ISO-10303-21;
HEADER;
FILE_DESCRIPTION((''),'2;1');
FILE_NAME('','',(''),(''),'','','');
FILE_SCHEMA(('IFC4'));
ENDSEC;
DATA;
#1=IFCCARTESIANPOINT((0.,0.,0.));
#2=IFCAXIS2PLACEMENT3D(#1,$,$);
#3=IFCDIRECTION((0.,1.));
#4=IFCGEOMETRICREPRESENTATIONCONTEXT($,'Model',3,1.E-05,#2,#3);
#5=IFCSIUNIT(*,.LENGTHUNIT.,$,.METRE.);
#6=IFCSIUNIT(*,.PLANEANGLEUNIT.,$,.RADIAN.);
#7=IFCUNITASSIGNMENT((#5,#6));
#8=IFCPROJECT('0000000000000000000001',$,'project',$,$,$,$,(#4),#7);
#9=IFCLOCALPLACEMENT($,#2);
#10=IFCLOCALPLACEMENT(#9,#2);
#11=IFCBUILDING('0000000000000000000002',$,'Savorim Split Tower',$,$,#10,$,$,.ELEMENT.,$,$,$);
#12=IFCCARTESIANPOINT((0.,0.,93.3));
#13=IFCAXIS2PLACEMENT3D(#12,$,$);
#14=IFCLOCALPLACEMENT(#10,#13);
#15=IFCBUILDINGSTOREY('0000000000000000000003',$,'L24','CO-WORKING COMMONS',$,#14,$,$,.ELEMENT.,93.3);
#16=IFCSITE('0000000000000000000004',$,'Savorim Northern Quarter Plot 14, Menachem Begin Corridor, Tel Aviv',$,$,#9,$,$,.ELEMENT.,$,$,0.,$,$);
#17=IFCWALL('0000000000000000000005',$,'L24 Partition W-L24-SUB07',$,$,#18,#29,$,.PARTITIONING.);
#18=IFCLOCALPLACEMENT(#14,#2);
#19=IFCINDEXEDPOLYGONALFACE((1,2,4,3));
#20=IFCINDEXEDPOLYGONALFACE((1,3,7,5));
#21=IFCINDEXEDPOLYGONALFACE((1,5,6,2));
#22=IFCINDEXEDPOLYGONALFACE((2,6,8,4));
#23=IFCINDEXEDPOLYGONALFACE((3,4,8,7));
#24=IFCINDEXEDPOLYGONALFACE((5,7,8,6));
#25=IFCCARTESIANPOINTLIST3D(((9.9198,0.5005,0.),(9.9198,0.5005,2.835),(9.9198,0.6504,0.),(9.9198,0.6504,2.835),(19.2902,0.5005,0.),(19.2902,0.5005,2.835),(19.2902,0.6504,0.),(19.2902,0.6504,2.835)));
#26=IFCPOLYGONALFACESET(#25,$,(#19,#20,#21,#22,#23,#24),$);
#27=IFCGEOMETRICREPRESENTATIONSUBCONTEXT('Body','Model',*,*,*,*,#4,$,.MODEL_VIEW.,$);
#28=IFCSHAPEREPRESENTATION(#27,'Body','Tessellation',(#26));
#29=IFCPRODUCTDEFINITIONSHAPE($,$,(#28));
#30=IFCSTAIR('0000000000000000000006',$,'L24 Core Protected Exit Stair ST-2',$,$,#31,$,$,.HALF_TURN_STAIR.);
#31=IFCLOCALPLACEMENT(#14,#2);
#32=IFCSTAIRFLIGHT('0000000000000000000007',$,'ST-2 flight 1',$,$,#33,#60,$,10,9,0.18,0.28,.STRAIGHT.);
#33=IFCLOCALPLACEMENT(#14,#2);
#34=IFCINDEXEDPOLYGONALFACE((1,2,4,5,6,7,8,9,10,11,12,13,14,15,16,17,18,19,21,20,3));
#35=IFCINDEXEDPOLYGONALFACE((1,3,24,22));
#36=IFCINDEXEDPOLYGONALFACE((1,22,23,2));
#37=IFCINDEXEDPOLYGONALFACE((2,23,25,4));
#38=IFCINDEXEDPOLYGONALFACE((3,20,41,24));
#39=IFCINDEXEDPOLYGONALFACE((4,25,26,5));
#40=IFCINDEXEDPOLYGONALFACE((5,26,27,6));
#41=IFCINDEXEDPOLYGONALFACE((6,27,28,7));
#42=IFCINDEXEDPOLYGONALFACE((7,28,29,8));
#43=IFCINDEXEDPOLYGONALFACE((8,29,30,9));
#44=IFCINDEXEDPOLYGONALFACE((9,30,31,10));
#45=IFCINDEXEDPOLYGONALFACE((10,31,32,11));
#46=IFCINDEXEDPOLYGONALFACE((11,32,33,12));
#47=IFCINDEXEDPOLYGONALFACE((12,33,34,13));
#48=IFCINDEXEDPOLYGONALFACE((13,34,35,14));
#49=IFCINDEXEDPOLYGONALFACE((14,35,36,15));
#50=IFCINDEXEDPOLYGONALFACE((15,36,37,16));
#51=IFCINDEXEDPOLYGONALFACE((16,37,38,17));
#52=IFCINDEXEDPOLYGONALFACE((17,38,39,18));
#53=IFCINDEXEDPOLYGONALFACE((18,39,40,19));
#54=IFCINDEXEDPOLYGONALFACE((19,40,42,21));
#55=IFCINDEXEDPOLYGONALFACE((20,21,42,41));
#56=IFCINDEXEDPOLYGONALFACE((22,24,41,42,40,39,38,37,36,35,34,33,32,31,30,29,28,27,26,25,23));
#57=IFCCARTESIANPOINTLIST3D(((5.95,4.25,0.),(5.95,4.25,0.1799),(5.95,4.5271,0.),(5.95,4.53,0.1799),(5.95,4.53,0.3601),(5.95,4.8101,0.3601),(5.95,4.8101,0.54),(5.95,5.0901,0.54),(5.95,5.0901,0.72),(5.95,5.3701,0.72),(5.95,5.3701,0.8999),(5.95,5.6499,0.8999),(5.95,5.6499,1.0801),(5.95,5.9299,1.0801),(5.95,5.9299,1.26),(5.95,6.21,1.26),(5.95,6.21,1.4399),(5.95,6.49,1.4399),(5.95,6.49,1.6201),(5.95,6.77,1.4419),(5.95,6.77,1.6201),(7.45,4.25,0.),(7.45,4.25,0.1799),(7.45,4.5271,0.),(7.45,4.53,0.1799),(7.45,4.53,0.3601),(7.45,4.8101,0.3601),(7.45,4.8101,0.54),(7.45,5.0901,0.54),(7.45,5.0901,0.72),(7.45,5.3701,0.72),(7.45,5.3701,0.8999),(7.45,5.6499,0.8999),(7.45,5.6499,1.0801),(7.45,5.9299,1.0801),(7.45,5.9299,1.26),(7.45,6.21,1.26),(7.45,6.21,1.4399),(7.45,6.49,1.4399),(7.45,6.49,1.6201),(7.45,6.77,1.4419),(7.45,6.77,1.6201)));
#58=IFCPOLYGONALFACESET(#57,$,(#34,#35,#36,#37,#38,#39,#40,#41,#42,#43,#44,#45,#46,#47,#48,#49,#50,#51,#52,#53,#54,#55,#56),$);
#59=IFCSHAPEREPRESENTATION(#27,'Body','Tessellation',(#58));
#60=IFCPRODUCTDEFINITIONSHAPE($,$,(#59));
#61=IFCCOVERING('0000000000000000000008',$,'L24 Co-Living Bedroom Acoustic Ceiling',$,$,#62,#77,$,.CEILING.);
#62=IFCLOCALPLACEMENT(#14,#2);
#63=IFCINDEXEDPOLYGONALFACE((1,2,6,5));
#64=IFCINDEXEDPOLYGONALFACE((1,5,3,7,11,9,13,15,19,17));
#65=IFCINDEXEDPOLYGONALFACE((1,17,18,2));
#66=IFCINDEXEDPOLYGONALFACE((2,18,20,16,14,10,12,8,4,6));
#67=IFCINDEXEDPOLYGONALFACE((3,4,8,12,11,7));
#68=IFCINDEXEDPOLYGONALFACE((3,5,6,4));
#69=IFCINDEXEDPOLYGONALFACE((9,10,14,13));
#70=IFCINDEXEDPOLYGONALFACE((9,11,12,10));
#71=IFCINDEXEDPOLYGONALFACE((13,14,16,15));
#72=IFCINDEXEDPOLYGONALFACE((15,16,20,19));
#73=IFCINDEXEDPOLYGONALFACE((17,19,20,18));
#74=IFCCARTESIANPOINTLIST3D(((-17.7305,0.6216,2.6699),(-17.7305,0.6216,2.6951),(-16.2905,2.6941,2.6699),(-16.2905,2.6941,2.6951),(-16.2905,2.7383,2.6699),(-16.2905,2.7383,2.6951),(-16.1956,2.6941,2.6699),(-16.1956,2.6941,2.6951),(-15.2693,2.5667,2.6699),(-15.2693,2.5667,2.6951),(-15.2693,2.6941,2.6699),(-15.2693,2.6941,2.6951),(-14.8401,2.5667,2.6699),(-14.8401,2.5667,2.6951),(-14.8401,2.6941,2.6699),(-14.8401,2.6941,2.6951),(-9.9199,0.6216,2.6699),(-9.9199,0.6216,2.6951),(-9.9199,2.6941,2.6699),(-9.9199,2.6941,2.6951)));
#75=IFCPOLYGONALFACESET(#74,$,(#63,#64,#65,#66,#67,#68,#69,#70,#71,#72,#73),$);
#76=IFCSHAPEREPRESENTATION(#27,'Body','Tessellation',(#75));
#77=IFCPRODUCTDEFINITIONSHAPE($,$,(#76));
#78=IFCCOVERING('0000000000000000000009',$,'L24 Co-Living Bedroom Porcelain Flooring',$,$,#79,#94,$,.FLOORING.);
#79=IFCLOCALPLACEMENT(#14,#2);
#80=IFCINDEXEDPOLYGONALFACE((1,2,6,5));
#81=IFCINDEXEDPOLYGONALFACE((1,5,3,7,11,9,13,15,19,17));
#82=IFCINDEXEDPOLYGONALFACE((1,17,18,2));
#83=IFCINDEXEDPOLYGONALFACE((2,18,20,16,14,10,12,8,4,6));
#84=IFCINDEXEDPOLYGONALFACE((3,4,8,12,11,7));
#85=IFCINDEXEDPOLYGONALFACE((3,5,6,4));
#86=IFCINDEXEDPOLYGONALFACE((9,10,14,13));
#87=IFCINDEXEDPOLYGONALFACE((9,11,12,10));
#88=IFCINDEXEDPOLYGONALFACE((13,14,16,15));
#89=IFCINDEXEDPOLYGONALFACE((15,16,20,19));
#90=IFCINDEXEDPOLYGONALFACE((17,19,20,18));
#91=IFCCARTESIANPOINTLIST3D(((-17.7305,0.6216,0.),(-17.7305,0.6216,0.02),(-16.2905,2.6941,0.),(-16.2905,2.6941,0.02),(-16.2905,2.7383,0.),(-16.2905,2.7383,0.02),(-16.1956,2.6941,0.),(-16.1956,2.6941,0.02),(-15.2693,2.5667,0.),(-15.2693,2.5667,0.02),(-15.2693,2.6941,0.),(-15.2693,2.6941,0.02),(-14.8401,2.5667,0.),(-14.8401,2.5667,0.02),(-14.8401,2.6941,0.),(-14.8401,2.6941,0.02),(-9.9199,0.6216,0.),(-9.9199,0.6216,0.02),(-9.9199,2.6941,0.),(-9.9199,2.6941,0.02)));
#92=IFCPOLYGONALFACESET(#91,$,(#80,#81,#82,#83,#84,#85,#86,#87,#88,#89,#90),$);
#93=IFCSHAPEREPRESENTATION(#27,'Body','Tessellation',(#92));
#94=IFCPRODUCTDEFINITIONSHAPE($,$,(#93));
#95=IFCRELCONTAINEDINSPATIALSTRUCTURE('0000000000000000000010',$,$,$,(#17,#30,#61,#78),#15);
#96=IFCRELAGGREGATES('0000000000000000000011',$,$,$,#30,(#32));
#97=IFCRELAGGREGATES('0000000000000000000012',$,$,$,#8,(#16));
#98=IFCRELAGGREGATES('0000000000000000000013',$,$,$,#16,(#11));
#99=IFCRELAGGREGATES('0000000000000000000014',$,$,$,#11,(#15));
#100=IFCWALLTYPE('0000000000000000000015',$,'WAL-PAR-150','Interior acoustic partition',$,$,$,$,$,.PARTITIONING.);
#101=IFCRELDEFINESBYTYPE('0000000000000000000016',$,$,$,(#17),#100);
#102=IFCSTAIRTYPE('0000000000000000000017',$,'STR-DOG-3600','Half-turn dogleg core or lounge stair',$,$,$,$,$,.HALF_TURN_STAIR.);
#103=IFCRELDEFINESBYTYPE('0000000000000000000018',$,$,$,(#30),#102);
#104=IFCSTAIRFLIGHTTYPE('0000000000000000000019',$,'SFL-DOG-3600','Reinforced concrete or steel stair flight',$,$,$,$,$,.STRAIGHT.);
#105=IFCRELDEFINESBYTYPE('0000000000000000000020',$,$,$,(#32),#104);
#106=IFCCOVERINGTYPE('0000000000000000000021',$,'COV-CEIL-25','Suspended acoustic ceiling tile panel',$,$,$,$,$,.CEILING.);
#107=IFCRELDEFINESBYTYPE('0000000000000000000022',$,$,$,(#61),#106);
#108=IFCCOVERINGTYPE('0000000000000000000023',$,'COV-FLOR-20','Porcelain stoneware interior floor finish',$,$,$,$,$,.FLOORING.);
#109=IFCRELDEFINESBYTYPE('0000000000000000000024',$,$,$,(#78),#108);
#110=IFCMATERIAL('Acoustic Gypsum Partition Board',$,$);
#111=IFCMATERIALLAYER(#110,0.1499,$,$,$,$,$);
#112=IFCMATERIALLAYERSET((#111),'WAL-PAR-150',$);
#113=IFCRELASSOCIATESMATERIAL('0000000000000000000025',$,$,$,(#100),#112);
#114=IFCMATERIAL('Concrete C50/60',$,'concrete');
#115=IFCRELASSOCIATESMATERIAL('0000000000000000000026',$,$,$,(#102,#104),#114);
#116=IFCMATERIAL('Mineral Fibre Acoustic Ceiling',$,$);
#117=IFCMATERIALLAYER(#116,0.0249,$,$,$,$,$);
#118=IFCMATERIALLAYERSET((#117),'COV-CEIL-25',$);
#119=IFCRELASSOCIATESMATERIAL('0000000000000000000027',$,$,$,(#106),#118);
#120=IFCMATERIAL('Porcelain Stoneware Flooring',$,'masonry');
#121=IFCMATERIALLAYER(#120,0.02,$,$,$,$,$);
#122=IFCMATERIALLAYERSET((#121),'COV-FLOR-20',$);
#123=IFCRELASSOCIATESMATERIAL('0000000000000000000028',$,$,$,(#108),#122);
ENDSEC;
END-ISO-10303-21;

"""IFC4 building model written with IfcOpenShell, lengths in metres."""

from ifc_helpers import new_model, si_unit, direction, frame, frame_2d, origin, place, context, subcontext, project, spatial, polyline, rectangle, outline, extrude, material, layer, layer_set, type_object, element, aggregate, save


model = new_model("IFC4")

# Units and contexts
model_context = context("Model", 3, precision=1e-05, world=origin(), true_north=direction((0.0, 1.0)))
body_context = subcontext(model_context, "Body", "Model", "MODEL_VIEW")
ifc_project = project(units=[si_unit("LENGTHUNIT", "METRE"), si_unit("PLANEANGLEUNIT", "RADIAN")], contexts=[model_context])

# Site, building, storey
site_placement = place(None, origin())
site = spatial("IfcSite", under=ifc_project, at=site_placement, Name="Savorim Northern Quarter Plot 14, Menachem Begin Corridor, Tel Aviv", CompositionType="ELEMENT", RefElevation=0.0)
building_placement = place(site_placement, origin())
building = spatial("IfcBuilding", under=site, at=building_placement, Name="Savorim Split Tower", CompositionType="ELEMENT")
storey_placement = place(building_placement, frame((0.0, 0.0, 93.3)))
storey = spatial("IfcBuildingStorey", under=building, at=storey_placement, Name="L24", Description="CO-WORKING COMMONS", CompositionType="ELEMENT", Elevation=93.3)

# Shared definitions
ifc_material_1 = material(Name="Concrete C50/60", Category="concrete")

# Wall
ifc_material_2 = material(Name="Acoustic Gypsum Partition Board")
ifc_layer_1 = layer(ifc_material_2, 0.1499)
ifc_layer_set_1 = layer_set([ifc_layer_1], Name="WAL-PAR-150")
wall_type_1 = type_object("IfcWallType", Name="WAL-PAR-150", Description="Interior acoustic partition", PredefinedType="PARTITIONING", material=ifc_layer_set_1)
wall_1_placement = place(storey_placement, frame((9.9199, 0.5754, 0.0), z_axis=(0.0, 0.0, 1.0), x_axis=(1.0, 0.0, 0.0)))
element("IfcWall", 1, at=wall_1_placement, inside=storey, type_object=wall_type_1, Name="L24 Partition W-L24-SUB07", PredefinedType="PARTITIONING", context=body_context, shape_type="SweptSolid", body=[
    extrude(rectangle(XDim=9.3704, YDim=0.1499, at=frame_2d((4.6851, 0.0))), origin(), (0.0, 0.0, 1.0), 2.835),
])

# Stair, stair flight
stair_type = type_object("IfcStairType", Name="STR-DOG-3600", Description="Half-turn dogleg core or lounge stair", PredefinedType="HALF_TURN_STAIR", material=ifc_material_1)
stair_placement = place(storey_placement, origin())
stair = element("IfcStair", 2, at=stair_placement, inside=storey, type_object=stair_type, Name="L24 Core Protected Exit Stair ST-2", PredefinedType="HALF_TURN_STAIR")
stair_flight_type = type_object("IfcStairFlightType", Name="SFL-DOG-3600", Description="Reinforced concrete or steel stair flight", PredefinedType="STRAIGHT", material=ifc_material_1)
stair_flight_placement = place(storey_placement, frame((6.7, 4.25, 0.0), z_axis=(0.0, 0.0, 1.0), x_axis=(0.0, 1.0, 0.0)))
stair_flight = element("IfcStairFlight", 3, at=stair_flight_placement, type_object=stair_flight_type, Name="ST-2 flight 1", NumberOfRisers=10, NumberOfTreads=9, PredefinedType="STRAIGHT", RiserHeight=0.18, TreadLength=0.28, context=body_context, shape_type="SweptSolid", body=[
    extrude(outline(polyline([(0.0, 0.0), (0.0, 0.1799), (0.28, 0.1799), (0.28, 0.3601), (0.5601, 0.3601), (0.5601, 0.54), (0.8401, 0.54), (0.8401, 0.72), (1.1201, 0.72), (1.1201, 0.8999), (1.3999, 0.8999), (1.3999, 1.0801), (1.6799, 1.0801), (1.6799, 1.26), (1.96, 1.26), (1.96, 1.4399), (2.24, 1.4399), (2.24, 1.6201), (2.52, 1.6201), (2.52, 1.8), (2.52, 1.4419), (0.2771, 0.0), (0.0, 0.0)])), frame((0.0, 0.75, 0.0), z_axis=(0.0, -1.0, 0.0), x_axis=(1.0, 0.0, 0.0)), (0.0, 0.0, 1.0), 1.5),
])
aggregate(stair, [stair_flight])

# Coverings
ifc_material_3 = material(Name="Mineral Fibre Acoustic Ceiling")
ifc_layer_2 = layer(ifc_material_3, 0.0249)
ifc_layer_set_2 = layer_set([ifc_layer_2], Name="COV-CEIL-25")
covering_type_1 = type_object("IfcCoveringType", Name="COV-CEIL-25", Description="Suspended acoustic ceiling tile panel", PredefinedType="CEILING", material=ifc_layer_set_2)
covering_1_placement = place(storey_placement, frame((0.0, 0.0, 2.6699)))
element("IfcCovering", 4, at=covering_1_placement, inside=storey, type_object=covering_type_1, Name="L24 Co-Living Bedroom Acoustic Ceiling", PredefinedType="CEILING", context=body_context, shape_type="SweptSolid", body=[
    extrude(outline(polyline([(-15.2693, 2.6941), (-16.1956, 2.6941), (-16.2905, 2.6941), (-16.2905, 2.7383), (-17.7305, 0.6216), (-9.9199, 0.6216), (-9.9199, 2.6941), (-14.8401, 2.6941), (-14.8401, 2.5667), (-15.2693, 2.5667), (-15.2693, 2.6941)])), origin(), (0.0, 0.0, 1.0), 0.0251),
])
ifc_material_4 = material(Name="Porcelain Stoneware Flooring", Category="masonry")
ifc_layer_3 = layer(ifc_material_4, 0.02)
ifc_layer_set_3 = layer_set([ifc_layer_3], Name="COV-FLOR-20")
covering_type_2 = type_object("IfcCoveringType", Name="COV-FLOR-20", Description="Porcelain stoneware interior floor finish", PredefinedType="FLOORING", material=ifc_layer_set_3)
covering_2_placement = place(storey_placement, origin())
element("IfcCovering", 5, at=covering_2_placement, inside=storey, type_object=covering_type_2, Name="L24 Co-Living Bedroom Porcelain Flooring", PredefinedType="FLOORING", context=body_context, shape_type="SweptSolid", body=[
    extrude(outline(polyline([(-15.2693, 2.6941), (-16.1956, 2.6941), (-16.2905, 2.6941), (-16.2905, 2.7383), (-17.7305, 0.6216), (-9.9199, 0.6216), (-9.9199, 2.6941), (-14.8401, 2.6941), (-14.8401, 2.5667), (-15.2693, 2.5667), (-15.2693, 2.6941)])), origin(), (0.0, 0.0, 1.0), 0.02),
])

save(model, "model.ifc")
